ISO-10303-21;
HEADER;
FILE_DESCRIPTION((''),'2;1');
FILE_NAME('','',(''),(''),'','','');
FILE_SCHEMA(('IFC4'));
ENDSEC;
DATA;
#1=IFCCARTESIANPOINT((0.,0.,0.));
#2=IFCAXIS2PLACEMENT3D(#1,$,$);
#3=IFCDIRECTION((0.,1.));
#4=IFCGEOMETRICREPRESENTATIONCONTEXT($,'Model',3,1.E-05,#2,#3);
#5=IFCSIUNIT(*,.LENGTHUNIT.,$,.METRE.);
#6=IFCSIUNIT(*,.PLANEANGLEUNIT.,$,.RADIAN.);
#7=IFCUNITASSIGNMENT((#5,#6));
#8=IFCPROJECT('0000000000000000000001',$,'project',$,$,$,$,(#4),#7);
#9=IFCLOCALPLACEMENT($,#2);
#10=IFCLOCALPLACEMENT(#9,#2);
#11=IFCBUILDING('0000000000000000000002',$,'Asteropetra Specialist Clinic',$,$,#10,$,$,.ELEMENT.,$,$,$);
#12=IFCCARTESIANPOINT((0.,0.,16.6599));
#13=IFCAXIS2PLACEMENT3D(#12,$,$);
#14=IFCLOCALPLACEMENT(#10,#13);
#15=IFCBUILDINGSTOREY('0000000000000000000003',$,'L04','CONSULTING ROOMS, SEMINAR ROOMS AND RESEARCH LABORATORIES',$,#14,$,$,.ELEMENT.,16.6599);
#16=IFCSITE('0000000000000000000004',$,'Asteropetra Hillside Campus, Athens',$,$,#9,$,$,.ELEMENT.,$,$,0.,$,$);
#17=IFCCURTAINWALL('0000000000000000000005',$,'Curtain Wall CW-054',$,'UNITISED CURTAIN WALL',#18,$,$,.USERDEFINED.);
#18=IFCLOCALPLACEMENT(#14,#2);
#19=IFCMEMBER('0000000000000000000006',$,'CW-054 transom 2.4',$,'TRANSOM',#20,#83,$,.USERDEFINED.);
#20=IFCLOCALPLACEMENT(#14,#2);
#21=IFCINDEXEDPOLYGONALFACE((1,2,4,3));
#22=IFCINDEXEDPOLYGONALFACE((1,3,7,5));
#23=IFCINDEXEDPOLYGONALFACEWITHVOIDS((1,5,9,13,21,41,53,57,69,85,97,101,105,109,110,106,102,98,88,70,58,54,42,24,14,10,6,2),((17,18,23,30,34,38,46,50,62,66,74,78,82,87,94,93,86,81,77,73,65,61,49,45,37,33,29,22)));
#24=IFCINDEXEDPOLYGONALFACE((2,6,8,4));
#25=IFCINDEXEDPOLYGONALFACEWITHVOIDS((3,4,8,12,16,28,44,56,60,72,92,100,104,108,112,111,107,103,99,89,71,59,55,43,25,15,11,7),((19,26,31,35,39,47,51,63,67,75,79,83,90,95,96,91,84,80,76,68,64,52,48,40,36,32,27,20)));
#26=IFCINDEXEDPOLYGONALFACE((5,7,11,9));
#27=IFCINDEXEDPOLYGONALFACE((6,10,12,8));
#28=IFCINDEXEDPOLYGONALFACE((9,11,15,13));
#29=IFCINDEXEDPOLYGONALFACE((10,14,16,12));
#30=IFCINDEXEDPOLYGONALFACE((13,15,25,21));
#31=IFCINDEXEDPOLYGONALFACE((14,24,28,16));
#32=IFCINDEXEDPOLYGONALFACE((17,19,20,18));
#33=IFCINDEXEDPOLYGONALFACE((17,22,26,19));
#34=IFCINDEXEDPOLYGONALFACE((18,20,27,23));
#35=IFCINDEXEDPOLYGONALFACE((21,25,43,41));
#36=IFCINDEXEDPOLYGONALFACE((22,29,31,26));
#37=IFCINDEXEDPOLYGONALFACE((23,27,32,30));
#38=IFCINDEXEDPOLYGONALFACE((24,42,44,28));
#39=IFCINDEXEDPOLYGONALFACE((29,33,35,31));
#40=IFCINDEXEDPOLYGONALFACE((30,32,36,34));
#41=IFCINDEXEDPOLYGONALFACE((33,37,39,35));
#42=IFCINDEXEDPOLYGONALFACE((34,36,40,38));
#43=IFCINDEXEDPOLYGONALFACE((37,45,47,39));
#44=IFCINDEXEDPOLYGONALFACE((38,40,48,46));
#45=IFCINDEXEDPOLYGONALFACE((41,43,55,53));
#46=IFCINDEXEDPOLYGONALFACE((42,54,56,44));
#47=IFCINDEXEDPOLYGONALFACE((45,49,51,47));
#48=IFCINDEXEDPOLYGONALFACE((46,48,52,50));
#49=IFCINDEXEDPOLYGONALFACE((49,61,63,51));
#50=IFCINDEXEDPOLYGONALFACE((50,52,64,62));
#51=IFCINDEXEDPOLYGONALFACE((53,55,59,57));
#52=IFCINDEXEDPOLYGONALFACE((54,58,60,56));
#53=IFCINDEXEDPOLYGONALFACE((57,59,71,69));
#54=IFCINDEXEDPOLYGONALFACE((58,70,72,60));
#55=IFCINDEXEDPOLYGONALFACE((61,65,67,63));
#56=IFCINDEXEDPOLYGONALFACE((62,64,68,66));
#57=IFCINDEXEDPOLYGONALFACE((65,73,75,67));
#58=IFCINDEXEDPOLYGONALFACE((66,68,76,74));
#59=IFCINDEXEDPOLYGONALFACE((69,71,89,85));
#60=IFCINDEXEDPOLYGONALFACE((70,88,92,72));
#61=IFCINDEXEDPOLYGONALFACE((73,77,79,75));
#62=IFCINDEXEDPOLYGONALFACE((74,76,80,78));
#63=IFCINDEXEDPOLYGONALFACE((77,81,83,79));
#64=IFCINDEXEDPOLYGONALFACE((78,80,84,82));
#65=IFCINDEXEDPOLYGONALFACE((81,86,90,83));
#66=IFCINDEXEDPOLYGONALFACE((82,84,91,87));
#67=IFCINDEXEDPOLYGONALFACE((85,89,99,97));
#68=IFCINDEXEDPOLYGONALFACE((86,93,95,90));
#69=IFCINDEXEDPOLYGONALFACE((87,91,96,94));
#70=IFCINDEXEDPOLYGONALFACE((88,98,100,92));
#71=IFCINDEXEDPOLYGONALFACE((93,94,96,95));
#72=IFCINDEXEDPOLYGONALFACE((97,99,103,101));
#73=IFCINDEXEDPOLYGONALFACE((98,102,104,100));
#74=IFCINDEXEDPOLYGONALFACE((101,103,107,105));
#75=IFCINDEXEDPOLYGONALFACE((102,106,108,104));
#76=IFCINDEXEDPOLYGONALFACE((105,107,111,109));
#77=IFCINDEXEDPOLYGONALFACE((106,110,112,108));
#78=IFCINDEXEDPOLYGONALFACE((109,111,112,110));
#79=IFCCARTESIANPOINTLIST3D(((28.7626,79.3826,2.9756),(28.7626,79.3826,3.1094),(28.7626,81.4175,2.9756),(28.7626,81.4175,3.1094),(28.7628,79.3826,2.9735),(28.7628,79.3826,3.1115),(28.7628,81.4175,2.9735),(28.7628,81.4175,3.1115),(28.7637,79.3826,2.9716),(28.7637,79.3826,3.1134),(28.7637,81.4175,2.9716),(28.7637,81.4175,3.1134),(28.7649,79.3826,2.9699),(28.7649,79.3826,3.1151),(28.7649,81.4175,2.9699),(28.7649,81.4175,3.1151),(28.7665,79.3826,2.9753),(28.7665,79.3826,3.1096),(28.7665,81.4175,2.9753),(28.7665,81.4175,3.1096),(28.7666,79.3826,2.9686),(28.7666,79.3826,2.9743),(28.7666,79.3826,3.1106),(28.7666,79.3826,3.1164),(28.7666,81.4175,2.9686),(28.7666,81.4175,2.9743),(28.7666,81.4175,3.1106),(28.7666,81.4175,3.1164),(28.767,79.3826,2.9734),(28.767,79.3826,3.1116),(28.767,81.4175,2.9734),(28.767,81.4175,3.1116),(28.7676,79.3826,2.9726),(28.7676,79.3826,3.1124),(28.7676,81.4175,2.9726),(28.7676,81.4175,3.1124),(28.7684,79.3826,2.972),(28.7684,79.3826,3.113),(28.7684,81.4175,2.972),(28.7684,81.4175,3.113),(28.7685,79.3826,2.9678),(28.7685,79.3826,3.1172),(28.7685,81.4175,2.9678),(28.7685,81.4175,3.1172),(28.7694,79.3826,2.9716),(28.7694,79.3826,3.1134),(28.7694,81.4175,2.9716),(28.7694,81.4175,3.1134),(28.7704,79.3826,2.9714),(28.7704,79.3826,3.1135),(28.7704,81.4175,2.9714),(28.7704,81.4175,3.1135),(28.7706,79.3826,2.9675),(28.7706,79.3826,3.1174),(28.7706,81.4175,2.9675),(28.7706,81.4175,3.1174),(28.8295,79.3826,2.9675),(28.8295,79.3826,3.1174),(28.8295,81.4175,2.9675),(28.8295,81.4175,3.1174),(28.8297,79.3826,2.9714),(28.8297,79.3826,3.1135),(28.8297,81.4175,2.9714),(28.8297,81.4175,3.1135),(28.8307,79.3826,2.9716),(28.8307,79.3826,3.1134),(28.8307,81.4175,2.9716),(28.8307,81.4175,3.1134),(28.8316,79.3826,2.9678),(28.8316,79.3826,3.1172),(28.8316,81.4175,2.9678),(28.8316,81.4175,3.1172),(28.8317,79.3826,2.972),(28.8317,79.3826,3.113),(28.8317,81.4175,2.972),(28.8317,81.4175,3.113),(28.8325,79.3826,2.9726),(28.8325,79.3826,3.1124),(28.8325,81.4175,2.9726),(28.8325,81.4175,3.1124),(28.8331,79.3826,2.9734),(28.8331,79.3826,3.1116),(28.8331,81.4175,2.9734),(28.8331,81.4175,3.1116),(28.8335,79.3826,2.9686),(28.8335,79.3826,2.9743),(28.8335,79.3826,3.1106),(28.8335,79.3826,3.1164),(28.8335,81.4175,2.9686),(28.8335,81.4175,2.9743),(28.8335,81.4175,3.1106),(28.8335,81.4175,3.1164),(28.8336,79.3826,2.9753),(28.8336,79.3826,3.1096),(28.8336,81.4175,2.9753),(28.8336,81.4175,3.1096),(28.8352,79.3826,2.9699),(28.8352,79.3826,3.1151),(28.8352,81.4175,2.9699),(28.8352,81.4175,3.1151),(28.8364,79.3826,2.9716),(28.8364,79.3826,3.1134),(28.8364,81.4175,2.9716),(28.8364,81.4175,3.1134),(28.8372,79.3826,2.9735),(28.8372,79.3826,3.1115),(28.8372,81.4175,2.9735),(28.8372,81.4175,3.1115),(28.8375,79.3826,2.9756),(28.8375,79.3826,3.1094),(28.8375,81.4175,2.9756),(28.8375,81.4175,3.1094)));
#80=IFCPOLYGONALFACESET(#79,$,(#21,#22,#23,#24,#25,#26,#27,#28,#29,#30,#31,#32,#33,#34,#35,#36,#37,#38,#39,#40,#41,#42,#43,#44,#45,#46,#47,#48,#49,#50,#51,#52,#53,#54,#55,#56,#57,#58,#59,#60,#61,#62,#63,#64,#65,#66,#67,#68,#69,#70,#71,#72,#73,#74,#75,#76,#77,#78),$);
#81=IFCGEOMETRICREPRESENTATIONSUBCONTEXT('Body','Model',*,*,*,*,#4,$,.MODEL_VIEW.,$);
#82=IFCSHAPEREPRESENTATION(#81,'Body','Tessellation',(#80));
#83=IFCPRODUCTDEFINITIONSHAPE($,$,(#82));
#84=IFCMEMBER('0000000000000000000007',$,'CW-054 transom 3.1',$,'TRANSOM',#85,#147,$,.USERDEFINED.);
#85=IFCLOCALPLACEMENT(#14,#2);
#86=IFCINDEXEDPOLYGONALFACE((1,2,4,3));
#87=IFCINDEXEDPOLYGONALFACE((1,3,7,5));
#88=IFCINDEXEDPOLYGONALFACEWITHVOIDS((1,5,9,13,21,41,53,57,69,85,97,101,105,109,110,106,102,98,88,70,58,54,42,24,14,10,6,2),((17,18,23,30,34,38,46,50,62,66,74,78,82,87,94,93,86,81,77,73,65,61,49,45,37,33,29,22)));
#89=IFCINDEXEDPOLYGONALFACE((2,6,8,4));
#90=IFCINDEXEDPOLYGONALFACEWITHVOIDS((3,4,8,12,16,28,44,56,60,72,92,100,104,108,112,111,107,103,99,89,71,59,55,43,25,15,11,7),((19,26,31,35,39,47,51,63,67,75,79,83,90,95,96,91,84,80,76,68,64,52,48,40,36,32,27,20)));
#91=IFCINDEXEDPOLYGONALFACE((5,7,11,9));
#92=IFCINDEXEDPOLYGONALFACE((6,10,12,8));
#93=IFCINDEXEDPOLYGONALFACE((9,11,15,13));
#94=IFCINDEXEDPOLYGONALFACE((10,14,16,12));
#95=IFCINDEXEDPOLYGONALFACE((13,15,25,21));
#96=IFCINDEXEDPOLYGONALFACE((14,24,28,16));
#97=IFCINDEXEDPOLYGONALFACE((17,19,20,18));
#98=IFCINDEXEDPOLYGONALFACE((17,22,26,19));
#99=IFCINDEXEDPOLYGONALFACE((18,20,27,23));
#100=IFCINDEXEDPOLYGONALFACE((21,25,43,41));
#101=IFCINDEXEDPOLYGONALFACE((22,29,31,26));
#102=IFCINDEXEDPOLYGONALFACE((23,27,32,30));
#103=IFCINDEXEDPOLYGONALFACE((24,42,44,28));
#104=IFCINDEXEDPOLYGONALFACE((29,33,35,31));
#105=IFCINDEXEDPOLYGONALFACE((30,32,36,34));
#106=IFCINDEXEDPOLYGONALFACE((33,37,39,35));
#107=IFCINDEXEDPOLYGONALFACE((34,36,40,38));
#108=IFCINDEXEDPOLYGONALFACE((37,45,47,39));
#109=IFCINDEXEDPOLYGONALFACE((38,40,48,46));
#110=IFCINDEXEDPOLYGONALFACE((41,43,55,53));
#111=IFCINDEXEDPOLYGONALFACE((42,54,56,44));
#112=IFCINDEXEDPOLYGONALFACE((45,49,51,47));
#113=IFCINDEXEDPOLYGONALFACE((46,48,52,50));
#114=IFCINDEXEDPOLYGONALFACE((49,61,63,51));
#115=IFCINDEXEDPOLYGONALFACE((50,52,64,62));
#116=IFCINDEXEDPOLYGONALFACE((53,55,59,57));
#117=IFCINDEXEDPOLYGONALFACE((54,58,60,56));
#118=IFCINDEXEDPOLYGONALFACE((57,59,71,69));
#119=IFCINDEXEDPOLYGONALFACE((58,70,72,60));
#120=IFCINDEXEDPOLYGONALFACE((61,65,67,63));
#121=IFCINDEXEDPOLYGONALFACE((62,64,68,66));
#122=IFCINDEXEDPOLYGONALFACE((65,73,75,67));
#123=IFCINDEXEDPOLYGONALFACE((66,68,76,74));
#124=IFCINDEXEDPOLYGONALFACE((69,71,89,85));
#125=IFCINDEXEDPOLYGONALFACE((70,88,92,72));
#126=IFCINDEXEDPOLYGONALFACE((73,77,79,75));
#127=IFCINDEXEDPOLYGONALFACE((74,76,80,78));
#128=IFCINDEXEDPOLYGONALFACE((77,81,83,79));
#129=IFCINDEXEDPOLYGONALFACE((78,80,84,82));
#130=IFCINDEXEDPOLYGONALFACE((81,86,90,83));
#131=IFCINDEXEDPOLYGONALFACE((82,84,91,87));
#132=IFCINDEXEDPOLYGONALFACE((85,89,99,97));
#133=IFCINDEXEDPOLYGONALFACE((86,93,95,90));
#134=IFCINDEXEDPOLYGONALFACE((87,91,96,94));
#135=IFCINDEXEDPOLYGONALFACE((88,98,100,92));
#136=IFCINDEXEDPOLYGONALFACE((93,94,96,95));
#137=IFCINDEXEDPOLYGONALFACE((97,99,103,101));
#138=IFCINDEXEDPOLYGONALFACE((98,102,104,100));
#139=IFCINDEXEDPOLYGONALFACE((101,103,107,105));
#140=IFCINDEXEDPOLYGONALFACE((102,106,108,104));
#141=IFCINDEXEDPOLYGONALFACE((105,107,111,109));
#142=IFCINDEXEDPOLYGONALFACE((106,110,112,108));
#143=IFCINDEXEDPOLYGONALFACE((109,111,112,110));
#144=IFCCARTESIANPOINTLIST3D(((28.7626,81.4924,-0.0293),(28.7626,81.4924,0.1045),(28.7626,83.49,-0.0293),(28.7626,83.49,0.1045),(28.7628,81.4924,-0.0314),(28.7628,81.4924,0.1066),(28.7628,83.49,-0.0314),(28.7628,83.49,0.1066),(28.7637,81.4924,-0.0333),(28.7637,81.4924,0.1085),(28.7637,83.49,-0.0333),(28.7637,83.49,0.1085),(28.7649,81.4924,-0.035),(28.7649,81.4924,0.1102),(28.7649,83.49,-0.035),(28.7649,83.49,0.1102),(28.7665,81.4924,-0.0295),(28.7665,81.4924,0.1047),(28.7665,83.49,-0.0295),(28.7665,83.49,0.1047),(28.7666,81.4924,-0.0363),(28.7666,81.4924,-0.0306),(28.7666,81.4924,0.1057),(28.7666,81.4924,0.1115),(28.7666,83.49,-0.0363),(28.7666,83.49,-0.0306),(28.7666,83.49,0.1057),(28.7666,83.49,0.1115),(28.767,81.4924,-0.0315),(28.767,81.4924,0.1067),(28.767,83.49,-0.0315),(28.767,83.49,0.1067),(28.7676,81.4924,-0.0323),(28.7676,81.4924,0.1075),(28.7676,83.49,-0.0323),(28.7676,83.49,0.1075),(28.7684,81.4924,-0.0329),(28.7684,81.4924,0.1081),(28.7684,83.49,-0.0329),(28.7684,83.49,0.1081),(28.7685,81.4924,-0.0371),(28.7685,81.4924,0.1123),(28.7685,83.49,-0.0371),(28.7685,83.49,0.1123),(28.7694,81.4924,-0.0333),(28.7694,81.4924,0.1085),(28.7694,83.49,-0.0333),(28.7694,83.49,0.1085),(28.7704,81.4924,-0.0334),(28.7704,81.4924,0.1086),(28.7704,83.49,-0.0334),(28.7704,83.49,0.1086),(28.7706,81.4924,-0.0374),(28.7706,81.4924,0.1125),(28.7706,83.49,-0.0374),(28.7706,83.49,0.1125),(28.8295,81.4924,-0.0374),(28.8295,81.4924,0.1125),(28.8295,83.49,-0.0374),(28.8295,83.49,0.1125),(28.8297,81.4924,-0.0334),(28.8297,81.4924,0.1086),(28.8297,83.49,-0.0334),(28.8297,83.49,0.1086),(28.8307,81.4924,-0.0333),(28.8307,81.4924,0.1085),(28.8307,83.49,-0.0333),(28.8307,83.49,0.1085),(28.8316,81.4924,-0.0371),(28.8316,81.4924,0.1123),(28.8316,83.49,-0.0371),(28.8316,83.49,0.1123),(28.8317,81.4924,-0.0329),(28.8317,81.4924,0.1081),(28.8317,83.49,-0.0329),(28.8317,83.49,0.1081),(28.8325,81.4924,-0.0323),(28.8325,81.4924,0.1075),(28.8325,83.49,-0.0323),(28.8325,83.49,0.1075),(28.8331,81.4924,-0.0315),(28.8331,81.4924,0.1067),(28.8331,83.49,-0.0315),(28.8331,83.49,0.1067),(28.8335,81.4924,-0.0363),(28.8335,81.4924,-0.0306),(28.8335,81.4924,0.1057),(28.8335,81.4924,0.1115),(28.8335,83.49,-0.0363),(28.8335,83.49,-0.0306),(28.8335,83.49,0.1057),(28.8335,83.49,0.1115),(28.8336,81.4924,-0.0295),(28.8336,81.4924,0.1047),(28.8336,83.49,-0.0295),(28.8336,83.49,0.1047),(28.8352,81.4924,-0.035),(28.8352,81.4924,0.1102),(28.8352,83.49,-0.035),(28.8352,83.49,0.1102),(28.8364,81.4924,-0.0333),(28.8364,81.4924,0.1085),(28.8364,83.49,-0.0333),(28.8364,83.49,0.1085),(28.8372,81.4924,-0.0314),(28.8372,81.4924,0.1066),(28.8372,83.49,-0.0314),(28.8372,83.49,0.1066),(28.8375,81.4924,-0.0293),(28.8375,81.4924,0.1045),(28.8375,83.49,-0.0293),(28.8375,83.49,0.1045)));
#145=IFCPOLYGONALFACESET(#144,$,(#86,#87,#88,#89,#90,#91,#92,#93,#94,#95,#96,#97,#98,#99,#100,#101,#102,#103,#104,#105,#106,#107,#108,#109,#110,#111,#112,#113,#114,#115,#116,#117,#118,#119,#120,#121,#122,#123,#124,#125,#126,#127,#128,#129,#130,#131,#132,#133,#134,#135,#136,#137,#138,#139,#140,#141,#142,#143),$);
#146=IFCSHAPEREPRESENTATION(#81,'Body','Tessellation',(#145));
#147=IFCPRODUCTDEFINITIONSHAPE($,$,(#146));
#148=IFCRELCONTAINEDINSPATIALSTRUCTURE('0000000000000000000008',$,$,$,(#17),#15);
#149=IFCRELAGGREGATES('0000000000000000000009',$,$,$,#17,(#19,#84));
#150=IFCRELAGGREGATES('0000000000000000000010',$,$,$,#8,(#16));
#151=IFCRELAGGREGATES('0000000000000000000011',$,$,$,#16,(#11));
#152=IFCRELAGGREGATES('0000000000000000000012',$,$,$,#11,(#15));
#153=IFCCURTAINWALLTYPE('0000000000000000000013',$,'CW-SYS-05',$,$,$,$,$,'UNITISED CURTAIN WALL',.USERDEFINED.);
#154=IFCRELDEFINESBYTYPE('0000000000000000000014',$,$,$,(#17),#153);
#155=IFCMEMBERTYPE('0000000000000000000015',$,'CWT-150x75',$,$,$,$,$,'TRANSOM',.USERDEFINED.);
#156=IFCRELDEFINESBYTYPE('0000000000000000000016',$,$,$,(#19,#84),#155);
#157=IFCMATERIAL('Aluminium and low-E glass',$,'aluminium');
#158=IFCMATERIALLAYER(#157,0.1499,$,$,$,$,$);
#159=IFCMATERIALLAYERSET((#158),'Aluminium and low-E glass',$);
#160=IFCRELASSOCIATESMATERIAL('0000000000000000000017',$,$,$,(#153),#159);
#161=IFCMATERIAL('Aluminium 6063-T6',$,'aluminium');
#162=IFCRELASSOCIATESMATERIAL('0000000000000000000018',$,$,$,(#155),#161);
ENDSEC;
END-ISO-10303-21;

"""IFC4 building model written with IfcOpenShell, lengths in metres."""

from ifc_helpers import new_model, si_unit, direction, frame, origin, origin_2d, place, context, subcontext, project, spatial, hollow_rectangle, extrude, material, layer, layer_set, material_profile, profile_set, type_object, element, aggregate, save


model = new_model("IFC4")

# Units and contexts
model_context = context("Model", 3, precision=1e-05, world=origin(), true_north=direction((0.0, 1.0)))
body_context = subcontext(model_context, "Body", "Model", "MODEL_VIEW")
ifc_project = project(units=[si_unit("LENGTHUNIT", "METRE"), si_unit("PLANEANGLEUNIT", "RADIAN")], contexts=[model_context])

# Site, building, storey
site_placement = place(None, origin())
site = spatial("IfcSite", under=ifc_project, at=site_placement, Name="Asteropetra Hillside Campus, Athens", CompositionType="ELEMENT", RefElevation=0.0)
building_placement = place(site_placement, origin())
building = spatial("IfcBuilding", under=site, at=building_placement, Name="Asteropetra Specialist Clinic", CompositionType="ELEMENT")
storey_placement = place(building_placement, frame((0.0, 0.0, 16.6599)))
storey = spatial("IfcBuildingStorey", under=building, at=storey_placement, Name="L04", Description="CONSULTING ROOMS, SEMINAR ROOMS AND RESEARCH LABORATORIES", CompositionType="ELEMENT", Elevation=16.6599)

# Curtain wall, members
ifc_material_1 = material(Name="Aluminium and low-E glass", Category="aluminium")
ifc_layer_1 = layer(ifc_material_1, 0.1499)
ifc_layer_set_1 = layer_set([ifc_layer_1], Name="Aluminium and low-E glass")
curtain_wall_type = type_object("IfcCurtainWallType", Name="CW-SYS-05", ElementType="UNITISED CURTAIN WALL", PredefinedType="USERDEFINED", material=ifc_layer_set_1)
curtain_wall_placement = place(storey_placement, origin())
curtain_wall = element("IfcCurtainWall", 1, at=curtain_wall_placement, inside=storey, type_object=curtain_wall_type, Name="Curtain Wall CW-054", ObjectType="UNITISED CURTAIN WALL", PredefinedType="USERDEFINED")
ifc_material_2 = material(Name="Aluminium 6063-T6", Category="aluminium")
ifc_material_profile_1 = material_profile(ifc_material_2, hollow_rectangle(XDim=0.075, YDim=0.1499, WallThickness=0.0039, InnerFilletRadius=0.0039, OuterFilletRadius=0.0081, at=origin_2d()), Name="TRN 150x75x4.0")
ifc_profile_set_1 = profile_set([ifc_material_profile_1], Name="Aluminium 6063-T6")
member_type_1 = type_object("IfcMemberType", Name="CWT-150x75", ElementType="TRANSOM", PredefinedType="USERDEFINED", material=ifc_profile_set_1)
member_1_placement = place(storey_placement, frame((28.8, 79.3826, 3.0425), z_axis=(0.0, 1.0, 0.0), x_axis=(-1.0, 0.0, 0.0)))
member_1 = element("IfcMember", 2, at=member_1_placement, type_object=member_type_1, Name="CW-054 transom 2.4", ObjectType="TRANSOM", PredefinedType="USERDEFINED", context=body_context, shape_type="SweptSolid", body=[
    extrude(hollow_rectangle(XDim=0.075, YDim=0.1499, WallThickness=0.0039, InnerFilletRadius=0.0039, OuterFilletRadius=0.0081, at=origin_2d()), origin(), (0.0, 0.0, 1.0), 2.0349),
])
member_2_placement = place(storey_placement, frame((28.8, 81.4924, 0.0376), z_axis=(0.0, 1.0, 0.0), x_axis=(-1.0, 0.0, 0.0)))
member_2 = element("IfcMember", 3, at=member_2_placement, type_object=member_type_1, Name="CW-054 transom 3.1", ObjectType="TRANSOM", PredefinedType="USERDEFINED", context=body_context, shape_type="SweptSolid", body=[
    extrude(hollow_rectangle(XDim=0.075, YDim=0.1499, WallThickness=0.0039, InnerFilletRadius=0.0039, OuterFilletRadius=0.0081, at=origin_2d()), origin(), (0.0, 0.0, 1.0), 1.9976),
])

aggregate(curtain_wall, [member_1, member_2])

save(model, "model.ifc")
